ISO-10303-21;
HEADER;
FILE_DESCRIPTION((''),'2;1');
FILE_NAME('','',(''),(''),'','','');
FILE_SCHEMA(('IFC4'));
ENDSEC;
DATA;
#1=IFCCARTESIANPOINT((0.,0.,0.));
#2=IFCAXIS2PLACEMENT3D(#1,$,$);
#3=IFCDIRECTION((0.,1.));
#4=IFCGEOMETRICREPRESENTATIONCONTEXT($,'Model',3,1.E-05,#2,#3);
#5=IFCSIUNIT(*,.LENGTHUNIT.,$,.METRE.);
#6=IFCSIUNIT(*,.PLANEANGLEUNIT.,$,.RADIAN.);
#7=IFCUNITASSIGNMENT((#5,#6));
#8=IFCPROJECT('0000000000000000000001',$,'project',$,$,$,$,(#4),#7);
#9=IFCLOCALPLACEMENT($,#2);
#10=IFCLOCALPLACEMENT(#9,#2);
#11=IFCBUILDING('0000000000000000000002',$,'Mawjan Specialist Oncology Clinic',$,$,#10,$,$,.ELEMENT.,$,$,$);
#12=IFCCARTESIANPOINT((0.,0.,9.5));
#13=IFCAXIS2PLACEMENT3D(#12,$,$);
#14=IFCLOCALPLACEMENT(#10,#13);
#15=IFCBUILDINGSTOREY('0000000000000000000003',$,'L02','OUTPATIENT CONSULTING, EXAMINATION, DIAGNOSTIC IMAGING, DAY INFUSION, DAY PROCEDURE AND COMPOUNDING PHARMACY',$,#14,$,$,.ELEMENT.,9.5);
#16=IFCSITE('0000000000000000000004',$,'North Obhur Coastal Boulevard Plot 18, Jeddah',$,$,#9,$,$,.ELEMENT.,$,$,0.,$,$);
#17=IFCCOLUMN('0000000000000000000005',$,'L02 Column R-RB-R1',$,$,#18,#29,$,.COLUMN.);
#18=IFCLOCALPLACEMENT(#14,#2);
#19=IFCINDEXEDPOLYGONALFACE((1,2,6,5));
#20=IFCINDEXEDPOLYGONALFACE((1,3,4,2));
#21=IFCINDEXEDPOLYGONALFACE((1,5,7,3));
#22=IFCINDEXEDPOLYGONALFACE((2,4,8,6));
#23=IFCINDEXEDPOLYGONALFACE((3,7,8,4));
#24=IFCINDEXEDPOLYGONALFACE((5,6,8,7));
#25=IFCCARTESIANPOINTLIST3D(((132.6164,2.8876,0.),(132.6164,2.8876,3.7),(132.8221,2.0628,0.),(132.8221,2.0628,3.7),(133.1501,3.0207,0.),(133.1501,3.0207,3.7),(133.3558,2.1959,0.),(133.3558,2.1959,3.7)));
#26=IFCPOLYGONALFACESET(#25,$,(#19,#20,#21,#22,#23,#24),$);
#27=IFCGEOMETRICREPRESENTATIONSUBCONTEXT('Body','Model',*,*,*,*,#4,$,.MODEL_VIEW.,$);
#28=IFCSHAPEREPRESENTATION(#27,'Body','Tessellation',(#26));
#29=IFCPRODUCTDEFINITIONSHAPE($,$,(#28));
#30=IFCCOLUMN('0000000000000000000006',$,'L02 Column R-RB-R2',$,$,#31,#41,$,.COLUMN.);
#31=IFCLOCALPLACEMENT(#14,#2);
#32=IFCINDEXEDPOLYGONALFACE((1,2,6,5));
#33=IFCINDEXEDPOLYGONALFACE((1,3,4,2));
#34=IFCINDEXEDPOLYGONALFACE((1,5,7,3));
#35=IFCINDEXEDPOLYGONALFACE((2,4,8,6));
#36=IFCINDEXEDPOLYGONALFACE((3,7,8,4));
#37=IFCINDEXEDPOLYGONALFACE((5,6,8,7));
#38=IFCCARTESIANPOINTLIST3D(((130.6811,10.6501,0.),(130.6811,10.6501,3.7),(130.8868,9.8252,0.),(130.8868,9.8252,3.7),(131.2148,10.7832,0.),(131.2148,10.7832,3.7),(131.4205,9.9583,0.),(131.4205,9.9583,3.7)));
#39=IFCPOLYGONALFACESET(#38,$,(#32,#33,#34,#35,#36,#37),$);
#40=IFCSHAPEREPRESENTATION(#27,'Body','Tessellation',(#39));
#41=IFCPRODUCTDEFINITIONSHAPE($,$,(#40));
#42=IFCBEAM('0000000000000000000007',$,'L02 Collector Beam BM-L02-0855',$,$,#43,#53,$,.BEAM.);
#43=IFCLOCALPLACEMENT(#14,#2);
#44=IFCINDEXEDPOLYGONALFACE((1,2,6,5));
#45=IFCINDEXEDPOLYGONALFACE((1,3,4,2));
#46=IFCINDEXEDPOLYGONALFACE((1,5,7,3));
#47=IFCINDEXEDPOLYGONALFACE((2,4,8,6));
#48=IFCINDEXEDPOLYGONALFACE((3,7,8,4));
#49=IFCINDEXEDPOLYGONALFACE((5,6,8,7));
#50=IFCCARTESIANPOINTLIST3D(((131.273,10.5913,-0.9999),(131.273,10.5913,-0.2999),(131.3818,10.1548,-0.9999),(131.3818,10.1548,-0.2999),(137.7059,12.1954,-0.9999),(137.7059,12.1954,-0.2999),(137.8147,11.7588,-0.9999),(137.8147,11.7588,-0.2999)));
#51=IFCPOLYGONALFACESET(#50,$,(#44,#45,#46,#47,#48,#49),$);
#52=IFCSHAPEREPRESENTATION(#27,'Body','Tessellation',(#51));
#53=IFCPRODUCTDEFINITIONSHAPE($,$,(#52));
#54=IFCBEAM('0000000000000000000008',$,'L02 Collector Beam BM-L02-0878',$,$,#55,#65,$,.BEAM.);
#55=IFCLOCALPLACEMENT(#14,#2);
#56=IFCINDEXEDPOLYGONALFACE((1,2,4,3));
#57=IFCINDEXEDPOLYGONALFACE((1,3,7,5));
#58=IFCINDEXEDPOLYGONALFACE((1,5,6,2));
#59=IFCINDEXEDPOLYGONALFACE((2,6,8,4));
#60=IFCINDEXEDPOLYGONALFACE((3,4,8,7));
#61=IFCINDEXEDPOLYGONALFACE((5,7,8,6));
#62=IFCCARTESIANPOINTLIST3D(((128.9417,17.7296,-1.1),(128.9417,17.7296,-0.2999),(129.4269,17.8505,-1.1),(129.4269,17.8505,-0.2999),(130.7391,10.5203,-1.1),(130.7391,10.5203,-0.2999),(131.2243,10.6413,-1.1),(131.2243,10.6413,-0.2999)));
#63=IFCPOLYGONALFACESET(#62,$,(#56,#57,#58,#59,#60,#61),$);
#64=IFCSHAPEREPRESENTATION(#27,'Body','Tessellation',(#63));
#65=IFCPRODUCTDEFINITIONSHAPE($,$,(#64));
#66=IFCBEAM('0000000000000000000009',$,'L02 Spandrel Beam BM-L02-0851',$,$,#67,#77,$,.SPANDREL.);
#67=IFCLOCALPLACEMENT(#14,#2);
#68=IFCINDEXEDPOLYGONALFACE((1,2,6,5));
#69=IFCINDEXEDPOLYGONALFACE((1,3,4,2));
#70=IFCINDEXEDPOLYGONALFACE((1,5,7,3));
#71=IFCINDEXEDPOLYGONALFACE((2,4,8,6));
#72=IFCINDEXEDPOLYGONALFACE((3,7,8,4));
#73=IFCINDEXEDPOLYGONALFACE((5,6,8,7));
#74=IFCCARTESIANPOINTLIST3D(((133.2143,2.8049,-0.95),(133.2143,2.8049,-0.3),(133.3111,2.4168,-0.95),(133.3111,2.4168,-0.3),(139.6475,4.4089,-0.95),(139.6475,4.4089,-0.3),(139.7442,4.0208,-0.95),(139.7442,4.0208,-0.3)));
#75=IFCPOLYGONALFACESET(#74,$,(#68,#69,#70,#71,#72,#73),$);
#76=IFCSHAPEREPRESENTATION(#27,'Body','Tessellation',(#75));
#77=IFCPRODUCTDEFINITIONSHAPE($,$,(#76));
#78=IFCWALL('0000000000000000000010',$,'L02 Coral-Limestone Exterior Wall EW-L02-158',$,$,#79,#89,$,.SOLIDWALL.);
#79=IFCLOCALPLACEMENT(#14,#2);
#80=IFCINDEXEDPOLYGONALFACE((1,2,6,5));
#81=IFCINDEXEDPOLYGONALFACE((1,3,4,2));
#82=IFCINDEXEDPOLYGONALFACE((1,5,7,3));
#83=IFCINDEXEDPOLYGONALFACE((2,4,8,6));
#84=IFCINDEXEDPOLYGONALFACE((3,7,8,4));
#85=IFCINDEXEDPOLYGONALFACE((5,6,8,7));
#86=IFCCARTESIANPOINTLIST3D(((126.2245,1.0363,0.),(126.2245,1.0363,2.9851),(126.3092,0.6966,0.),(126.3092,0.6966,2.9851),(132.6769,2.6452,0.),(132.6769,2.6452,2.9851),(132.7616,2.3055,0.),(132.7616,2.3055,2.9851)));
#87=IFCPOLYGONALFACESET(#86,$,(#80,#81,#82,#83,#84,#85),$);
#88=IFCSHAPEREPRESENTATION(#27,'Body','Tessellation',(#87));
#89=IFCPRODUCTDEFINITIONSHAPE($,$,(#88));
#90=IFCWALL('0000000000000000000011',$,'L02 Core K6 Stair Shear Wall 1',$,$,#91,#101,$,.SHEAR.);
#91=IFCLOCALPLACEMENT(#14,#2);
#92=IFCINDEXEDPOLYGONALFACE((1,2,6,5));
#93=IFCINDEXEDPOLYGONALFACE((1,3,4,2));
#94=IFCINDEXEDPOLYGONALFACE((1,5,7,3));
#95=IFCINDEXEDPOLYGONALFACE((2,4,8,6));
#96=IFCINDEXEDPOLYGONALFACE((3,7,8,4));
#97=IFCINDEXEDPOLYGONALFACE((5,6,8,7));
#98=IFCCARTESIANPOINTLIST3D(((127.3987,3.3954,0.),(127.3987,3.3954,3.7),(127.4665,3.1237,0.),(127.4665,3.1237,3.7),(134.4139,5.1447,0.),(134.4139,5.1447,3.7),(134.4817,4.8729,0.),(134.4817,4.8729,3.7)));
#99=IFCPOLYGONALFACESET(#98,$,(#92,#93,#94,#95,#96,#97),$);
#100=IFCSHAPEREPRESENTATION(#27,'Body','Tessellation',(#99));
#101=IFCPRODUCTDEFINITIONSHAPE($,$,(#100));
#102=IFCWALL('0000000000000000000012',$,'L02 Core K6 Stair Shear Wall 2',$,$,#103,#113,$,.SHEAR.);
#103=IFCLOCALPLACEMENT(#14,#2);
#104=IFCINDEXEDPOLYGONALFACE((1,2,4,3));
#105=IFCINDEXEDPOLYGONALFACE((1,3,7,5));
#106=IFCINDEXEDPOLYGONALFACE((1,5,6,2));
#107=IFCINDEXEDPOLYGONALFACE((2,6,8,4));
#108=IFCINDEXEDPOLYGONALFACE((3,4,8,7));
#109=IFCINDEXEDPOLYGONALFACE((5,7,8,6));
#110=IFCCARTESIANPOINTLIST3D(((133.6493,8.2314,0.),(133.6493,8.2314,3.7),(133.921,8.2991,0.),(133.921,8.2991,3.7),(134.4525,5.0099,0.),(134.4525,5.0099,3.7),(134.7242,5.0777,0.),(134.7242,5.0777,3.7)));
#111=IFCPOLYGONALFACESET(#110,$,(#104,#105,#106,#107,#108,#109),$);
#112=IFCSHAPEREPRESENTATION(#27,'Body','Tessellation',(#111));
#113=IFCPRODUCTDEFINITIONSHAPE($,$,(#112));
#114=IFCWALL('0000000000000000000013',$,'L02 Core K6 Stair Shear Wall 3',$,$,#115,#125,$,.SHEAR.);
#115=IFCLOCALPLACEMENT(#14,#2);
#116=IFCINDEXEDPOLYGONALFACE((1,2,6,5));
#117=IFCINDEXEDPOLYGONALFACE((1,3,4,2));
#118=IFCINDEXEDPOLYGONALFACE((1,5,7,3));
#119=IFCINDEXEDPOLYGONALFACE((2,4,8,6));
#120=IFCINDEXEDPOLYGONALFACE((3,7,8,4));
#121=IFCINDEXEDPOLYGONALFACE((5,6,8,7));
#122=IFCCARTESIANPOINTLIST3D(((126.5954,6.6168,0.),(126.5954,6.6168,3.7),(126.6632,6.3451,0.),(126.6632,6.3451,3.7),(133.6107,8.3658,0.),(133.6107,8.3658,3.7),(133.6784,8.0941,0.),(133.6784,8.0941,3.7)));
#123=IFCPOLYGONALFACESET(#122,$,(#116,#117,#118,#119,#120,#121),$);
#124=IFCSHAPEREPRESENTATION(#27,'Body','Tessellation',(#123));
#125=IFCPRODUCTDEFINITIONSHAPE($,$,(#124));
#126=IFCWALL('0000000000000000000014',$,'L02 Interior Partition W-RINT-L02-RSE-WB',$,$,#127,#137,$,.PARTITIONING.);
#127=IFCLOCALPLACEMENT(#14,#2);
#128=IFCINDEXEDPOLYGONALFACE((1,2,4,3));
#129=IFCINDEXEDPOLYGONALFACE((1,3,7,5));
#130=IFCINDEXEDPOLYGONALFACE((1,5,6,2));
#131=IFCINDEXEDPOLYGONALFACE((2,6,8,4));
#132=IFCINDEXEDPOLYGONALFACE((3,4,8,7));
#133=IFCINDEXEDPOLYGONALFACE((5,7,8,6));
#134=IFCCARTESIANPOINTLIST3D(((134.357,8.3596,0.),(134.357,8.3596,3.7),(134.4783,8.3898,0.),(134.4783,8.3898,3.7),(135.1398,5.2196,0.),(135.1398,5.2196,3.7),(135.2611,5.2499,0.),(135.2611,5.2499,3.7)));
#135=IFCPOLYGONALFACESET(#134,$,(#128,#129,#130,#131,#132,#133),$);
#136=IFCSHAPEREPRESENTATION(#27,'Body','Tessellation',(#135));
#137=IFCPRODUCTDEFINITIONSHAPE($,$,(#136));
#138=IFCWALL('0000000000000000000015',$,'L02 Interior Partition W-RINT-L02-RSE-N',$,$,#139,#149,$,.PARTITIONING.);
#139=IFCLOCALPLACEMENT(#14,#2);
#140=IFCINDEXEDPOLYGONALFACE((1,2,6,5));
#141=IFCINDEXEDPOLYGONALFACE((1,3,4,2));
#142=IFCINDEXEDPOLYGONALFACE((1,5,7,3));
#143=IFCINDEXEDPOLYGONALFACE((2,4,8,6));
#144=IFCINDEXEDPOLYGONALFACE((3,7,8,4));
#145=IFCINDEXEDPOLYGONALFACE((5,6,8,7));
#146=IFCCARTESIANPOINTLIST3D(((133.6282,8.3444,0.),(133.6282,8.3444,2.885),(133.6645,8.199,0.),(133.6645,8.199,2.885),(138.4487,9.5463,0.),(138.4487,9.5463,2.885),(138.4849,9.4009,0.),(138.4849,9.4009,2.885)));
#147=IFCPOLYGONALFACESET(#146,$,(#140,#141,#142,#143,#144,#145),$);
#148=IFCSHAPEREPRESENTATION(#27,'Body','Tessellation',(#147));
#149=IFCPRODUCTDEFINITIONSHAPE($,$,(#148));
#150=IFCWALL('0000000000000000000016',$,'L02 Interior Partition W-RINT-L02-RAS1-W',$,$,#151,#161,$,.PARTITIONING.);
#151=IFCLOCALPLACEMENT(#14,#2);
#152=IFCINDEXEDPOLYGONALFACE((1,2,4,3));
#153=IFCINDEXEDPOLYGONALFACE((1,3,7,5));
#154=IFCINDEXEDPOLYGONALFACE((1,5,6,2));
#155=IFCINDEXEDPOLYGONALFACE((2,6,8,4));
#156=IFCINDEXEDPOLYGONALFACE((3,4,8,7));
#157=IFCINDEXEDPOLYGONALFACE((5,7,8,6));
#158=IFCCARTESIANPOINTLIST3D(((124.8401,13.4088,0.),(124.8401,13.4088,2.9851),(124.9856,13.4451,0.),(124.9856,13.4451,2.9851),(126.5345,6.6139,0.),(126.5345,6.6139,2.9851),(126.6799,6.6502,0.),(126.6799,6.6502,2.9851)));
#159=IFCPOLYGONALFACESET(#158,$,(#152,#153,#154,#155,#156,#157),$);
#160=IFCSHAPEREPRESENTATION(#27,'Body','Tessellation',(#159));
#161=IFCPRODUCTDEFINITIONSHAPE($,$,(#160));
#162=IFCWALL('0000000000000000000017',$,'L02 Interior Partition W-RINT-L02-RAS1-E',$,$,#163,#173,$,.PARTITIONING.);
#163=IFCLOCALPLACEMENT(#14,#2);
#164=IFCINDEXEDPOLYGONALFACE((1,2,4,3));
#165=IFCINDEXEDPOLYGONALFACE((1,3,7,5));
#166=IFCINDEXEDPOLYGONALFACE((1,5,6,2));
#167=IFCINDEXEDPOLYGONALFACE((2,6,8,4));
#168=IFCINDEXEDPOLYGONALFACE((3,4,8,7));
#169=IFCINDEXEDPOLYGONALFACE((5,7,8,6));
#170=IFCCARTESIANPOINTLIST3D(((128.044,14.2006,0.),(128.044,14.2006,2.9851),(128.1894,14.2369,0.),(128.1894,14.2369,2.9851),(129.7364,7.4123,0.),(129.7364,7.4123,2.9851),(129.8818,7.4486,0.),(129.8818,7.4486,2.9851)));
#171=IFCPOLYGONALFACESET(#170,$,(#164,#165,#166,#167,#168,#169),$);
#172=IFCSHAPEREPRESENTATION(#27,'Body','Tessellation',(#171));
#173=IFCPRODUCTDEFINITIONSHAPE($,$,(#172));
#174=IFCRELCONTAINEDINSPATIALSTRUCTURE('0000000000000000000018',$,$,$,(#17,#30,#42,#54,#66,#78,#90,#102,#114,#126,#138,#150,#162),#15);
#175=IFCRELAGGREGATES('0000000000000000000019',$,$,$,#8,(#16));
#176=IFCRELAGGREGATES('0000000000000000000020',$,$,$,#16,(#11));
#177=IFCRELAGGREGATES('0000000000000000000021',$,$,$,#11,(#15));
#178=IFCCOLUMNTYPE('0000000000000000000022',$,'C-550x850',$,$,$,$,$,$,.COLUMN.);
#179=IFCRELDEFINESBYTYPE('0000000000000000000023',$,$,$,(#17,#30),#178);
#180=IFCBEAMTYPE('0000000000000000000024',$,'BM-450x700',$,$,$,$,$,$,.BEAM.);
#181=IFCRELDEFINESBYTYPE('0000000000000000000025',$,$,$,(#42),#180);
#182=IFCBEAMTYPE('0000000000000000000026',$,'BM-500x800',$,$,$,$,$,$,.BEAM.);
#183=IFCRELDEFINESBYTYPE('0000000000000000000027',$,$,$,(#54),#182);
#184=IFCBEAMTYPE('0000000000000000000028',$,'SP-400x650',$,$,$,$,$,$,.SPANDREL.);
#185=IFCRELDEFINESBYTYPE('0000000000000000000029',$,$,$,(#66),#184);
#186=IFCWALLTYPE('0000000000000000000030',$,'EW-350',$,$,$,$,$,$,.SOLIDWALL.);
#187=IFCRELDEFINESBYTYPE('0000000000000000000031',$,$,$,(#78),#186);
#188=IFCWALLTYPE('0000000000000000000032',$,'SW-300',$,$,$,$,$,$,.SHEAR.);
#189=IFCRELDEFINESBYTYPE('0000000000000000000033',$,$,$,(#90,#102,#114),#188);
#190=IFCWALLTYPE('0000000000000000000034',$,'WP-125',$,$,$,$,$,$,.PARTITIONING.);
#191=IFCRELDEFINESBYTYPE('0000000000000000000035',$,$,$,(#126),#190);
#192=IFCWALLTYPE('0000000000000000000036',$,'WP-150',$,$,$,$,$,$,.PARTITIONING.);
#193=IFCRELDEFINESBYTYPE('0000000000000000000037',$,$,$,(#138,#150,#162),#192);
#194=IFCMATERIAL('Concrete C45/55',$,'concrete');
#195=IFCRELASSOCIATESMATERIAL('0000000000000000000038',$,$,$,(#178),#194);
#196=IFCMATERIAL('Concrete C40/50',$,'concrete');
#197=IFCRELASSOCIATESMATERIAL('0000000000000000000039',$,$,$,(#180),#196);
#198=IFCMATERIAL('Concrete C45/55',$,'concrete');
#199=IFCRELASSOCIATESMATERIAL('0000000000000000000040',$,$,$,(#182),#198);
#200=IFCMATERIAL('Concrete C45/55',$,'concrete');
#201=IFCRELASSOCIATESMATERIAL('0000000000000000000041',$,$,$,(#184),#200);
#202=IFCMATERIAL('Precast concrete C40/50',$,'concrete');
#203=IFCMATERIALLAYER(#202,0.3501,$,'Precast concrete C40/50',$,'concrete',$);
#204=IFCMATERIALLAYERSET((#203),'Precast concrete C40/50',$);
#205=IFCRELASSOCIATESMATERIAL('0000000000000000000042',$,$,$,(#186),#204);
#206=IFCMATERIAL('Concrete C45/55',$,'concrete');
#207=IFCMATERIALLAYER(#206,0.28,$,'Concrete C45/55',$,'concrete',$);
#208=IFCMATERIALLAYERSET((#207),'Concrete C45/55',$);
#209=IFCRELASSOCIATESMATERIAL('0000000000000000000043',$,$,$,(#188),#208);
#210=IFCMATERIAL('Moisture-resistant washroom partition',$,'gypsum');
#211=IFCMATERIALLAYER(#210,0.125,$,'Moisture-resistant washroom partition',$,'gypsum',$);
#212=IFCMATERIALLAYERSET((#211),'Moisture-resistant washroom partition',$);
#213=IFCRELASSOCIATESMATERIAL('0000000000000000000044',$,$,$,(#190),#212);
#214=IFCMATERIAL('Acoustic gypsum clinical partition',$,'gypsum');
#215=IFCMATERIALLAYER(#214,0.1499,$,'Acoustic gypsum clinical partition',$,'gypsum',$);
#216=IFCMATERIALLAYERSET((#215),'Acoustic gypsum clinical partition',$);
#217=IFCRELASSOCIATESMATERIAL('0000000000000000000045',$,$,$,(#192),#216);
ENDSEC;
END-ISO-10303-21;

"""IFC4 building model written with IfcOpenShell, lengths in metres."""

from ifc_helpers import new_model, si_unit, direction, frame, frame_2d, origin, origin_2d, place, context, subcontext, project, spatial, rectangle, extrude, material, layer, layer_set, material_profile, profile_set, type_object, element, save


model = new_model("IFC4")

# Units and contexts
model_context = context("Model", 3, precision=1e-05, world=origin(), true_north=direction((0.0, 1.0)))
body_context = subcontext(model_context, "Body", "Model", "MODEL_VIEW")
ifc_project = project(units=[si_unit("LENGTHUNIT", "METRE"), si_unit("PLANEANGLEUNIT", "RADIAN")], contexts=[model_context])

# Site, building, storey
site_placement = place(None, origin())
site = spatial("IfcSite", under=ifc_project, at=site_placement, Name="North Obhur Coastal Boulevard Plot 18, Jeddah", CompositionType="ELEMENT", RefElevation=0.0)
building_placement = place(site_placement, origin())
building = spatial("IfcBuilding", under=site, at=building_placement, Name="Mawjan Specialist Oncology Clinic", CompositionType="ELEMENT")
storey_placement = place(building_placement, frame((0.0, 0.0, 9.5)))
storey = spatial("IfcBuildingStorey", under=building, at=storey_placement, Name="L02", Description="OUTPATIENT CONSULTING, EXAMINATION, DIAGNOSTIC IMAGING, DAY INFUSION, DAY PROCEDURE AND COMPOUNDING PHARMACY", CompositionType="ELEMENT", Elevation=9.5)

# Columns
ifc_material_1 = material(Name="Concrete C45/55", Category="concrete")
ifc_material_profile_1 = material_profile(ifc_material_1, rectangle(XDim=0.55, YDim=0.8501, at=origin_2d()), Name="RC COL 550x850", Category="concrete")
ifc_profile_set_1 = profile_set([ifc_material_profile_1], Name="Concrete C45/55")
column_type = type_object("IfcColumnType", Name="C-550x850", PredefinedType="COLUMN", material=ifc_profile_set_1)
for number, where, z_axis, x_axis, name in (
    (1, (132.9861, 2.5417, 0.0), (0.0, 0.0, 1.0), (0.970296, 0.241922, 0.0), "L02 Column R-RB-R1"),
    (2, (131.0508, 10.3042, 0.0), (0.0, 0.0, 1.0), (0.970296, 0.241922, 0.0), "L02 Column R-RB-R2"),
):
    element("IfcColumn", number, at=place(storey_placement, frame(where, z_axis=z_axis, x_axis=x_axis)), inside=storey, type_object=column_type, Name=name, PredefinedType="COLUMN", context=body_context, shape_type="SweptSolid", body=[
        extrude(rectangle(XDim=0.55, YDim=0.8501, at=origin_2d()), origin(), (0.0, 0.0, 1.0), 3.7),
    ])

# Beams
ifc_material_2 = material(Name="Concrete C40/50", Category="concrete")
ifc_material_profile_2 = material_profile(ifc_material_2, rectangle(XDim=0.45, YDim=0.7, at=origin_2d()), Name="RC BM 450x700", Category="concrete")
ifc_profile_set_2 = profile_set([ifc_material_profile_2], Name="Concrete C40/50")
beam_type_1 = type_object("IfcBeamType", Name="BM-450x700", PredefinedType="BEAM", material=ifc_profile_set_2)
beam_1_placement = place(storey_placement, frame((131.3274, 10.373, -0.6499), z_axis=(0.970292, 0.241938, 0.0), x_axis=(-0.241938, 0.970292, 0.0)))
element("IfcBeam", 3, at=beam_1_placement, inside=storey, type_object=beam_type_1, Name="L02 Collector Beam BM-L02-0855", PredefinedType="BEAM", context=body_context, shape_type="SweptSolid", body=[
    extrude(rectangle(XDim=0.45, YDim=0.7, at=origin_2d()), origin(), (0.0, 0.0, 1.0), 6.6299),
])
ifc_material_3 = material(Name="Concrete C45/55", Category="concrete")
ifc_material_profile_3 = material_profile(ifc_material_3, rectangle(XDim=0.5, YDim=0.8, at=origin_2d()), Name="RC BM 500x800", Category="concrete")
ifc_profile_set_3 = profile_set([ifc_material_profile_3], Name="Concrete C45/55")
beam_type_2 = type_object("IfcBeamType", Name="BM-500x800", PredefinedType="BEAM", material=ifc_profile_set_3)
beam_2_placement = place(storey_placement, frame((130.9817, 10.5808, -0.7), z_axis=(-0.241909, 0.970299, 0.0), x_axis=(-0.970299, -0.241909, 0.0)))
element("IfcBeam", 4, at=beam_2_placement, inside=storey, type_object=beam_type_2, Name="L02 Collector Beam BM-L02-0878", PredefinedType="BEAM", context=body_context, shape_type="SweptSolid", body=[
    extrude(rectangle(XDim=0.5, YDim=0.8, at=origin_2d()), origin(), (0.0, 0.0, 1.0), 7.4299),
])
ifc_material_4 = material(Name="Concrete C45/55", Category="concrete")
ifc_material_profile_4 = material_profile(ifc_material_4, rectangle(XDim=0.3999, YDim=0.6499, at=origin_2d()), Name="RC BM 400x650", Category="concrete")
ifc_profile_set_4 = profile_set([ifc_material_profile_4], Name="Concrete C45/55")
beam_type_3 = type_object("IfcBeamType", Name="SP-400x650", PredefinedType="SPANDREL", material=ifc_profile_set_4)
beam_3_placement = place(storey_placement, frame((133.2627, 2.6108, -0.625), z_axis=(0.970294, 0.241929, 0.0), x_axis=(-0.241929, 0.970294, 0.0)))
element("IfcBeam", 5, at=beam_3_placement, inside=storey, type_object=beam_type_3, Name="L02 Spandrel Beam BM-L02-0851", PredefinedType="SPANDREL", context=body_context, shape_type="SweptSolid", body=[
    extrude(rectangle(XDim=0.3999, YDim=0.6499, at=origin_2d()), origin(), (0.0, 0.0, 1.0), 6.6301),
])

# Walls
ifc_material_5 = material(Name="Precast concrete C40/50", Category="concrete")
ifc_layer_1 = layer(ifc_material_5, 0.3501, Name="Precast concrete C40/50", Category="concrete")
ifc_layer_set_1 = layer_set([ifc_layer_1], Name="Precast concrete C40/50")
wall_type_1 = type_object("IfcWallType", Name="EW-350", PredefinedType="SOLIDWALL", material=ifc_layer_set_1)
wall_1_placement = place(storey_placement, frame((132.7192, 2.4753, 0.0), z_axis=(0.0, 0.0, 1.0), x_axis=(-0.970291, -0.24194, 0.0)))
element("IfcWall", 6, at=wall_1_placement, inside=storey, type_object=wall_type_1, Name="L02 Coral-Limestone Exterior Wall EW-L02-158", PredefinedType="SOLIDWALL", context=body_context, shape_type="SweptSolid", body=[
    extrude(rectangle(XDim=6.6499, YDim=0.3501, at=frame_2d((3.325, 0.0))), origin(), (0.0, 0.0, 1.0), 2.9851),
])
ifc_material_6 = material(Name="Concrete C45/55", Category="concrete")
ifc_layer_2 = layer(ifc_material_6, 0.28, Name="Concrete C45/55", Category="concrete")
ifc_layer_set_2 = layer_set([ifc_layer_2], Name="Concrete C45/55")
wall_type_2 = type_object("IfcWallType", Name="SW-300", PredefinedType="SHEAR", material=ifc_layer_set_2)
wall_2_placement = place(storey_placement, frame((127.4326, 3.2595, 0.0), z_axis=(0.0, 0.0, 1.0), x_axis=(0.970289, 0.241948, 0.0)))
element("IfcWall", 7, at=wall_2_placement, inside=storey, type_object=wall_type_2, Name="L02 Core K6 Stair Shear Wall 1", PredefinedType="SHEAR", context=body_context, shape_type="SweptSolid", body=[
    extrude(rectangle(XDim=7.23, YDim=0.28, at=frame_2d((3.615, 0.0))), origin(), (0.0, 0.0, 1.0), 3.7),
])
wall_3_placement = place(storey_placement, frame((134.5884, 5.0437, 0.0), z_axis=(0.0, 0.0, 1.0), x_axis=(-0.24193, 0.970294, 0.0)))
element("IfcWall", 8, at=wall_3_placement, inside=storey, type_object=wall_type_2, Name="L02 Core K6 Stair Shear Wall 2", PredefinedType="SHEAR", context=body_context, shape_type="SweptSolid", body=[
    extrude(rectangle(XDim=3.3201, YDim=0.28, at=frame_2d((1.6602, 0.0))), origin(), (0.0, 0.0, 1.0), 3.7),
])
wall_4_placement = place(storey_placement, frame((133.6445, 8.23, 0.0), z_axis=(0.0, 0.0, 1.0), x_axis=(-0.970297, -0.241916, 0.0)))
element("IfcWall", 9, at=wall_4_placement, inside=storey, type_object=wall_type_2, Name="L02 Core K6 Stair Shear Wall 3", PredefinedType="SHEAR", context=body_context, shape_type="SweptSolid", body=[
    extrude(rectangle(XDim=7.23, YDim=0.28, at=frame_2d((3.615, 0.0))), origin(), (0.0, 0.0, 1.0), 3.7),
])

# Walls
ifc_material_7 = material(Name="Moisture-resistant washroom partition", Category="gypsum")
ifc_layer_3 = layer(ifc_material_7, 0.125, Name="Moisture-resistant washroom partition", Category="gypsum")
ifc_layer_set_3 = layer_set([ifc_layer_3], Name="Moisture-resistant washroom partition")
wall_type_3 = type_object("IfcWallType", Name="WP-125", PredefinedType="PARTITIONING", material=ifc_layer_set_3)
wall_5_placement = place(storey_placement, frame((135.2004, 5.2346, 0.0), z_axis=(0.0, 0.0, 1.0), x_axis=(-0.241879, 0.970306, 0.0)))
element("IfcWall", 10, at=wall_5_placement, inside=storey, type_object=wall_type_3, Name="L02 Interior Partition W-RINT-L02-RSE-WB", PredefinedType="PARTITIONING", context=body_context, shape_type="SweptSolid", body=[
    extrude(rectangle(XDim=3.2361, YDim=0.125, at=frame_2d((1.6182, 0.0))), origin(), (0.0, 0.0, 1.0), 3.7),
])
ifc_material_8 = material(Name="Acoustic gypsum clinical partition", Category="gypsum")
ifc_layer_4 = layer(ifc_material_8, 0.1499, Name="Acoustic gypsum clinical partition", Category="gypsum")
ifc_layer_set_4 = layer_set([ifc_layer_4], Name="Acoustic gypsum clinical partition")
wall_type_4 = type_object("IfcWallType", Name="WP-150", PredefinedType="PARTITIONING", material=ifc_layer_set_4)
wall_6_placement = place(storey_placement, frame((133.6465, 8.2717, 0.0), z_axis=(0.0, 0.0, 1.0), x_axis=(0.970296, 0.241923, 0.0)))
element("IfcWall", 11, at=wall_6_placement, inside=storey, type_object=wall_type_4, Name="L02 Interior Partition W-RINT-L02-RSE-N", PredefinedType="PARTITIONING", context=body_context, shape_type="SweptSolid", body=[
    extrude(rectangle(XDim=4.968, YDim=0.1499, at=frame_2d((2.4839, 0.0))), origin(), (0.0, 0.0, 1.0), 2.885),
])
wall_7_placement = place(storey_placement, frame((126.6072, 6.6321, 0.0), z_axis=(0.0, 0.0, 1.0), x_axis=(-0.241945, 0.97029, 0.0)))
element("IfcWall", 12, at=wall_7_placement, inside=storey, type_object=wall_type_4, Name="L02 Interior Partition W-RINT-L02-RAS1-W", PredefinedType="PARTITIONING", context=body_context, shape_type="SweptSolid", body=[
    extrude(rectangle(XDim=7.0029, YDim=0.1499, at=frame_2d((3.5015, 0.0))), origin(), (0.0, 0.0, 1.0), 2.9851),
])
wall_8_placement = place(storey_placement, frame((129.8091, 7.4304, 0.0), z_axis=(0.0, 0.0, 1.0), x_axis=(-0.241903, 0.9703, 0.0)))
element("IfcWall", 13, at=wall_8_placement, inside=storey, type_object=wall_type_4, Name="L02 Interior Partition W-RINT-L02-RAS1-E", PredefinedType="PARTITIONING", context=body_context, shape_type="SweptSolid", body=[
    extrude(rectangle(XDim=6.9961, YDim=0.1499, at=frame_2d((3.498, 0.0))), origin(), (0.0, 0.0, 1.0), 2.9851),
])

save(model, "model.ifc")
